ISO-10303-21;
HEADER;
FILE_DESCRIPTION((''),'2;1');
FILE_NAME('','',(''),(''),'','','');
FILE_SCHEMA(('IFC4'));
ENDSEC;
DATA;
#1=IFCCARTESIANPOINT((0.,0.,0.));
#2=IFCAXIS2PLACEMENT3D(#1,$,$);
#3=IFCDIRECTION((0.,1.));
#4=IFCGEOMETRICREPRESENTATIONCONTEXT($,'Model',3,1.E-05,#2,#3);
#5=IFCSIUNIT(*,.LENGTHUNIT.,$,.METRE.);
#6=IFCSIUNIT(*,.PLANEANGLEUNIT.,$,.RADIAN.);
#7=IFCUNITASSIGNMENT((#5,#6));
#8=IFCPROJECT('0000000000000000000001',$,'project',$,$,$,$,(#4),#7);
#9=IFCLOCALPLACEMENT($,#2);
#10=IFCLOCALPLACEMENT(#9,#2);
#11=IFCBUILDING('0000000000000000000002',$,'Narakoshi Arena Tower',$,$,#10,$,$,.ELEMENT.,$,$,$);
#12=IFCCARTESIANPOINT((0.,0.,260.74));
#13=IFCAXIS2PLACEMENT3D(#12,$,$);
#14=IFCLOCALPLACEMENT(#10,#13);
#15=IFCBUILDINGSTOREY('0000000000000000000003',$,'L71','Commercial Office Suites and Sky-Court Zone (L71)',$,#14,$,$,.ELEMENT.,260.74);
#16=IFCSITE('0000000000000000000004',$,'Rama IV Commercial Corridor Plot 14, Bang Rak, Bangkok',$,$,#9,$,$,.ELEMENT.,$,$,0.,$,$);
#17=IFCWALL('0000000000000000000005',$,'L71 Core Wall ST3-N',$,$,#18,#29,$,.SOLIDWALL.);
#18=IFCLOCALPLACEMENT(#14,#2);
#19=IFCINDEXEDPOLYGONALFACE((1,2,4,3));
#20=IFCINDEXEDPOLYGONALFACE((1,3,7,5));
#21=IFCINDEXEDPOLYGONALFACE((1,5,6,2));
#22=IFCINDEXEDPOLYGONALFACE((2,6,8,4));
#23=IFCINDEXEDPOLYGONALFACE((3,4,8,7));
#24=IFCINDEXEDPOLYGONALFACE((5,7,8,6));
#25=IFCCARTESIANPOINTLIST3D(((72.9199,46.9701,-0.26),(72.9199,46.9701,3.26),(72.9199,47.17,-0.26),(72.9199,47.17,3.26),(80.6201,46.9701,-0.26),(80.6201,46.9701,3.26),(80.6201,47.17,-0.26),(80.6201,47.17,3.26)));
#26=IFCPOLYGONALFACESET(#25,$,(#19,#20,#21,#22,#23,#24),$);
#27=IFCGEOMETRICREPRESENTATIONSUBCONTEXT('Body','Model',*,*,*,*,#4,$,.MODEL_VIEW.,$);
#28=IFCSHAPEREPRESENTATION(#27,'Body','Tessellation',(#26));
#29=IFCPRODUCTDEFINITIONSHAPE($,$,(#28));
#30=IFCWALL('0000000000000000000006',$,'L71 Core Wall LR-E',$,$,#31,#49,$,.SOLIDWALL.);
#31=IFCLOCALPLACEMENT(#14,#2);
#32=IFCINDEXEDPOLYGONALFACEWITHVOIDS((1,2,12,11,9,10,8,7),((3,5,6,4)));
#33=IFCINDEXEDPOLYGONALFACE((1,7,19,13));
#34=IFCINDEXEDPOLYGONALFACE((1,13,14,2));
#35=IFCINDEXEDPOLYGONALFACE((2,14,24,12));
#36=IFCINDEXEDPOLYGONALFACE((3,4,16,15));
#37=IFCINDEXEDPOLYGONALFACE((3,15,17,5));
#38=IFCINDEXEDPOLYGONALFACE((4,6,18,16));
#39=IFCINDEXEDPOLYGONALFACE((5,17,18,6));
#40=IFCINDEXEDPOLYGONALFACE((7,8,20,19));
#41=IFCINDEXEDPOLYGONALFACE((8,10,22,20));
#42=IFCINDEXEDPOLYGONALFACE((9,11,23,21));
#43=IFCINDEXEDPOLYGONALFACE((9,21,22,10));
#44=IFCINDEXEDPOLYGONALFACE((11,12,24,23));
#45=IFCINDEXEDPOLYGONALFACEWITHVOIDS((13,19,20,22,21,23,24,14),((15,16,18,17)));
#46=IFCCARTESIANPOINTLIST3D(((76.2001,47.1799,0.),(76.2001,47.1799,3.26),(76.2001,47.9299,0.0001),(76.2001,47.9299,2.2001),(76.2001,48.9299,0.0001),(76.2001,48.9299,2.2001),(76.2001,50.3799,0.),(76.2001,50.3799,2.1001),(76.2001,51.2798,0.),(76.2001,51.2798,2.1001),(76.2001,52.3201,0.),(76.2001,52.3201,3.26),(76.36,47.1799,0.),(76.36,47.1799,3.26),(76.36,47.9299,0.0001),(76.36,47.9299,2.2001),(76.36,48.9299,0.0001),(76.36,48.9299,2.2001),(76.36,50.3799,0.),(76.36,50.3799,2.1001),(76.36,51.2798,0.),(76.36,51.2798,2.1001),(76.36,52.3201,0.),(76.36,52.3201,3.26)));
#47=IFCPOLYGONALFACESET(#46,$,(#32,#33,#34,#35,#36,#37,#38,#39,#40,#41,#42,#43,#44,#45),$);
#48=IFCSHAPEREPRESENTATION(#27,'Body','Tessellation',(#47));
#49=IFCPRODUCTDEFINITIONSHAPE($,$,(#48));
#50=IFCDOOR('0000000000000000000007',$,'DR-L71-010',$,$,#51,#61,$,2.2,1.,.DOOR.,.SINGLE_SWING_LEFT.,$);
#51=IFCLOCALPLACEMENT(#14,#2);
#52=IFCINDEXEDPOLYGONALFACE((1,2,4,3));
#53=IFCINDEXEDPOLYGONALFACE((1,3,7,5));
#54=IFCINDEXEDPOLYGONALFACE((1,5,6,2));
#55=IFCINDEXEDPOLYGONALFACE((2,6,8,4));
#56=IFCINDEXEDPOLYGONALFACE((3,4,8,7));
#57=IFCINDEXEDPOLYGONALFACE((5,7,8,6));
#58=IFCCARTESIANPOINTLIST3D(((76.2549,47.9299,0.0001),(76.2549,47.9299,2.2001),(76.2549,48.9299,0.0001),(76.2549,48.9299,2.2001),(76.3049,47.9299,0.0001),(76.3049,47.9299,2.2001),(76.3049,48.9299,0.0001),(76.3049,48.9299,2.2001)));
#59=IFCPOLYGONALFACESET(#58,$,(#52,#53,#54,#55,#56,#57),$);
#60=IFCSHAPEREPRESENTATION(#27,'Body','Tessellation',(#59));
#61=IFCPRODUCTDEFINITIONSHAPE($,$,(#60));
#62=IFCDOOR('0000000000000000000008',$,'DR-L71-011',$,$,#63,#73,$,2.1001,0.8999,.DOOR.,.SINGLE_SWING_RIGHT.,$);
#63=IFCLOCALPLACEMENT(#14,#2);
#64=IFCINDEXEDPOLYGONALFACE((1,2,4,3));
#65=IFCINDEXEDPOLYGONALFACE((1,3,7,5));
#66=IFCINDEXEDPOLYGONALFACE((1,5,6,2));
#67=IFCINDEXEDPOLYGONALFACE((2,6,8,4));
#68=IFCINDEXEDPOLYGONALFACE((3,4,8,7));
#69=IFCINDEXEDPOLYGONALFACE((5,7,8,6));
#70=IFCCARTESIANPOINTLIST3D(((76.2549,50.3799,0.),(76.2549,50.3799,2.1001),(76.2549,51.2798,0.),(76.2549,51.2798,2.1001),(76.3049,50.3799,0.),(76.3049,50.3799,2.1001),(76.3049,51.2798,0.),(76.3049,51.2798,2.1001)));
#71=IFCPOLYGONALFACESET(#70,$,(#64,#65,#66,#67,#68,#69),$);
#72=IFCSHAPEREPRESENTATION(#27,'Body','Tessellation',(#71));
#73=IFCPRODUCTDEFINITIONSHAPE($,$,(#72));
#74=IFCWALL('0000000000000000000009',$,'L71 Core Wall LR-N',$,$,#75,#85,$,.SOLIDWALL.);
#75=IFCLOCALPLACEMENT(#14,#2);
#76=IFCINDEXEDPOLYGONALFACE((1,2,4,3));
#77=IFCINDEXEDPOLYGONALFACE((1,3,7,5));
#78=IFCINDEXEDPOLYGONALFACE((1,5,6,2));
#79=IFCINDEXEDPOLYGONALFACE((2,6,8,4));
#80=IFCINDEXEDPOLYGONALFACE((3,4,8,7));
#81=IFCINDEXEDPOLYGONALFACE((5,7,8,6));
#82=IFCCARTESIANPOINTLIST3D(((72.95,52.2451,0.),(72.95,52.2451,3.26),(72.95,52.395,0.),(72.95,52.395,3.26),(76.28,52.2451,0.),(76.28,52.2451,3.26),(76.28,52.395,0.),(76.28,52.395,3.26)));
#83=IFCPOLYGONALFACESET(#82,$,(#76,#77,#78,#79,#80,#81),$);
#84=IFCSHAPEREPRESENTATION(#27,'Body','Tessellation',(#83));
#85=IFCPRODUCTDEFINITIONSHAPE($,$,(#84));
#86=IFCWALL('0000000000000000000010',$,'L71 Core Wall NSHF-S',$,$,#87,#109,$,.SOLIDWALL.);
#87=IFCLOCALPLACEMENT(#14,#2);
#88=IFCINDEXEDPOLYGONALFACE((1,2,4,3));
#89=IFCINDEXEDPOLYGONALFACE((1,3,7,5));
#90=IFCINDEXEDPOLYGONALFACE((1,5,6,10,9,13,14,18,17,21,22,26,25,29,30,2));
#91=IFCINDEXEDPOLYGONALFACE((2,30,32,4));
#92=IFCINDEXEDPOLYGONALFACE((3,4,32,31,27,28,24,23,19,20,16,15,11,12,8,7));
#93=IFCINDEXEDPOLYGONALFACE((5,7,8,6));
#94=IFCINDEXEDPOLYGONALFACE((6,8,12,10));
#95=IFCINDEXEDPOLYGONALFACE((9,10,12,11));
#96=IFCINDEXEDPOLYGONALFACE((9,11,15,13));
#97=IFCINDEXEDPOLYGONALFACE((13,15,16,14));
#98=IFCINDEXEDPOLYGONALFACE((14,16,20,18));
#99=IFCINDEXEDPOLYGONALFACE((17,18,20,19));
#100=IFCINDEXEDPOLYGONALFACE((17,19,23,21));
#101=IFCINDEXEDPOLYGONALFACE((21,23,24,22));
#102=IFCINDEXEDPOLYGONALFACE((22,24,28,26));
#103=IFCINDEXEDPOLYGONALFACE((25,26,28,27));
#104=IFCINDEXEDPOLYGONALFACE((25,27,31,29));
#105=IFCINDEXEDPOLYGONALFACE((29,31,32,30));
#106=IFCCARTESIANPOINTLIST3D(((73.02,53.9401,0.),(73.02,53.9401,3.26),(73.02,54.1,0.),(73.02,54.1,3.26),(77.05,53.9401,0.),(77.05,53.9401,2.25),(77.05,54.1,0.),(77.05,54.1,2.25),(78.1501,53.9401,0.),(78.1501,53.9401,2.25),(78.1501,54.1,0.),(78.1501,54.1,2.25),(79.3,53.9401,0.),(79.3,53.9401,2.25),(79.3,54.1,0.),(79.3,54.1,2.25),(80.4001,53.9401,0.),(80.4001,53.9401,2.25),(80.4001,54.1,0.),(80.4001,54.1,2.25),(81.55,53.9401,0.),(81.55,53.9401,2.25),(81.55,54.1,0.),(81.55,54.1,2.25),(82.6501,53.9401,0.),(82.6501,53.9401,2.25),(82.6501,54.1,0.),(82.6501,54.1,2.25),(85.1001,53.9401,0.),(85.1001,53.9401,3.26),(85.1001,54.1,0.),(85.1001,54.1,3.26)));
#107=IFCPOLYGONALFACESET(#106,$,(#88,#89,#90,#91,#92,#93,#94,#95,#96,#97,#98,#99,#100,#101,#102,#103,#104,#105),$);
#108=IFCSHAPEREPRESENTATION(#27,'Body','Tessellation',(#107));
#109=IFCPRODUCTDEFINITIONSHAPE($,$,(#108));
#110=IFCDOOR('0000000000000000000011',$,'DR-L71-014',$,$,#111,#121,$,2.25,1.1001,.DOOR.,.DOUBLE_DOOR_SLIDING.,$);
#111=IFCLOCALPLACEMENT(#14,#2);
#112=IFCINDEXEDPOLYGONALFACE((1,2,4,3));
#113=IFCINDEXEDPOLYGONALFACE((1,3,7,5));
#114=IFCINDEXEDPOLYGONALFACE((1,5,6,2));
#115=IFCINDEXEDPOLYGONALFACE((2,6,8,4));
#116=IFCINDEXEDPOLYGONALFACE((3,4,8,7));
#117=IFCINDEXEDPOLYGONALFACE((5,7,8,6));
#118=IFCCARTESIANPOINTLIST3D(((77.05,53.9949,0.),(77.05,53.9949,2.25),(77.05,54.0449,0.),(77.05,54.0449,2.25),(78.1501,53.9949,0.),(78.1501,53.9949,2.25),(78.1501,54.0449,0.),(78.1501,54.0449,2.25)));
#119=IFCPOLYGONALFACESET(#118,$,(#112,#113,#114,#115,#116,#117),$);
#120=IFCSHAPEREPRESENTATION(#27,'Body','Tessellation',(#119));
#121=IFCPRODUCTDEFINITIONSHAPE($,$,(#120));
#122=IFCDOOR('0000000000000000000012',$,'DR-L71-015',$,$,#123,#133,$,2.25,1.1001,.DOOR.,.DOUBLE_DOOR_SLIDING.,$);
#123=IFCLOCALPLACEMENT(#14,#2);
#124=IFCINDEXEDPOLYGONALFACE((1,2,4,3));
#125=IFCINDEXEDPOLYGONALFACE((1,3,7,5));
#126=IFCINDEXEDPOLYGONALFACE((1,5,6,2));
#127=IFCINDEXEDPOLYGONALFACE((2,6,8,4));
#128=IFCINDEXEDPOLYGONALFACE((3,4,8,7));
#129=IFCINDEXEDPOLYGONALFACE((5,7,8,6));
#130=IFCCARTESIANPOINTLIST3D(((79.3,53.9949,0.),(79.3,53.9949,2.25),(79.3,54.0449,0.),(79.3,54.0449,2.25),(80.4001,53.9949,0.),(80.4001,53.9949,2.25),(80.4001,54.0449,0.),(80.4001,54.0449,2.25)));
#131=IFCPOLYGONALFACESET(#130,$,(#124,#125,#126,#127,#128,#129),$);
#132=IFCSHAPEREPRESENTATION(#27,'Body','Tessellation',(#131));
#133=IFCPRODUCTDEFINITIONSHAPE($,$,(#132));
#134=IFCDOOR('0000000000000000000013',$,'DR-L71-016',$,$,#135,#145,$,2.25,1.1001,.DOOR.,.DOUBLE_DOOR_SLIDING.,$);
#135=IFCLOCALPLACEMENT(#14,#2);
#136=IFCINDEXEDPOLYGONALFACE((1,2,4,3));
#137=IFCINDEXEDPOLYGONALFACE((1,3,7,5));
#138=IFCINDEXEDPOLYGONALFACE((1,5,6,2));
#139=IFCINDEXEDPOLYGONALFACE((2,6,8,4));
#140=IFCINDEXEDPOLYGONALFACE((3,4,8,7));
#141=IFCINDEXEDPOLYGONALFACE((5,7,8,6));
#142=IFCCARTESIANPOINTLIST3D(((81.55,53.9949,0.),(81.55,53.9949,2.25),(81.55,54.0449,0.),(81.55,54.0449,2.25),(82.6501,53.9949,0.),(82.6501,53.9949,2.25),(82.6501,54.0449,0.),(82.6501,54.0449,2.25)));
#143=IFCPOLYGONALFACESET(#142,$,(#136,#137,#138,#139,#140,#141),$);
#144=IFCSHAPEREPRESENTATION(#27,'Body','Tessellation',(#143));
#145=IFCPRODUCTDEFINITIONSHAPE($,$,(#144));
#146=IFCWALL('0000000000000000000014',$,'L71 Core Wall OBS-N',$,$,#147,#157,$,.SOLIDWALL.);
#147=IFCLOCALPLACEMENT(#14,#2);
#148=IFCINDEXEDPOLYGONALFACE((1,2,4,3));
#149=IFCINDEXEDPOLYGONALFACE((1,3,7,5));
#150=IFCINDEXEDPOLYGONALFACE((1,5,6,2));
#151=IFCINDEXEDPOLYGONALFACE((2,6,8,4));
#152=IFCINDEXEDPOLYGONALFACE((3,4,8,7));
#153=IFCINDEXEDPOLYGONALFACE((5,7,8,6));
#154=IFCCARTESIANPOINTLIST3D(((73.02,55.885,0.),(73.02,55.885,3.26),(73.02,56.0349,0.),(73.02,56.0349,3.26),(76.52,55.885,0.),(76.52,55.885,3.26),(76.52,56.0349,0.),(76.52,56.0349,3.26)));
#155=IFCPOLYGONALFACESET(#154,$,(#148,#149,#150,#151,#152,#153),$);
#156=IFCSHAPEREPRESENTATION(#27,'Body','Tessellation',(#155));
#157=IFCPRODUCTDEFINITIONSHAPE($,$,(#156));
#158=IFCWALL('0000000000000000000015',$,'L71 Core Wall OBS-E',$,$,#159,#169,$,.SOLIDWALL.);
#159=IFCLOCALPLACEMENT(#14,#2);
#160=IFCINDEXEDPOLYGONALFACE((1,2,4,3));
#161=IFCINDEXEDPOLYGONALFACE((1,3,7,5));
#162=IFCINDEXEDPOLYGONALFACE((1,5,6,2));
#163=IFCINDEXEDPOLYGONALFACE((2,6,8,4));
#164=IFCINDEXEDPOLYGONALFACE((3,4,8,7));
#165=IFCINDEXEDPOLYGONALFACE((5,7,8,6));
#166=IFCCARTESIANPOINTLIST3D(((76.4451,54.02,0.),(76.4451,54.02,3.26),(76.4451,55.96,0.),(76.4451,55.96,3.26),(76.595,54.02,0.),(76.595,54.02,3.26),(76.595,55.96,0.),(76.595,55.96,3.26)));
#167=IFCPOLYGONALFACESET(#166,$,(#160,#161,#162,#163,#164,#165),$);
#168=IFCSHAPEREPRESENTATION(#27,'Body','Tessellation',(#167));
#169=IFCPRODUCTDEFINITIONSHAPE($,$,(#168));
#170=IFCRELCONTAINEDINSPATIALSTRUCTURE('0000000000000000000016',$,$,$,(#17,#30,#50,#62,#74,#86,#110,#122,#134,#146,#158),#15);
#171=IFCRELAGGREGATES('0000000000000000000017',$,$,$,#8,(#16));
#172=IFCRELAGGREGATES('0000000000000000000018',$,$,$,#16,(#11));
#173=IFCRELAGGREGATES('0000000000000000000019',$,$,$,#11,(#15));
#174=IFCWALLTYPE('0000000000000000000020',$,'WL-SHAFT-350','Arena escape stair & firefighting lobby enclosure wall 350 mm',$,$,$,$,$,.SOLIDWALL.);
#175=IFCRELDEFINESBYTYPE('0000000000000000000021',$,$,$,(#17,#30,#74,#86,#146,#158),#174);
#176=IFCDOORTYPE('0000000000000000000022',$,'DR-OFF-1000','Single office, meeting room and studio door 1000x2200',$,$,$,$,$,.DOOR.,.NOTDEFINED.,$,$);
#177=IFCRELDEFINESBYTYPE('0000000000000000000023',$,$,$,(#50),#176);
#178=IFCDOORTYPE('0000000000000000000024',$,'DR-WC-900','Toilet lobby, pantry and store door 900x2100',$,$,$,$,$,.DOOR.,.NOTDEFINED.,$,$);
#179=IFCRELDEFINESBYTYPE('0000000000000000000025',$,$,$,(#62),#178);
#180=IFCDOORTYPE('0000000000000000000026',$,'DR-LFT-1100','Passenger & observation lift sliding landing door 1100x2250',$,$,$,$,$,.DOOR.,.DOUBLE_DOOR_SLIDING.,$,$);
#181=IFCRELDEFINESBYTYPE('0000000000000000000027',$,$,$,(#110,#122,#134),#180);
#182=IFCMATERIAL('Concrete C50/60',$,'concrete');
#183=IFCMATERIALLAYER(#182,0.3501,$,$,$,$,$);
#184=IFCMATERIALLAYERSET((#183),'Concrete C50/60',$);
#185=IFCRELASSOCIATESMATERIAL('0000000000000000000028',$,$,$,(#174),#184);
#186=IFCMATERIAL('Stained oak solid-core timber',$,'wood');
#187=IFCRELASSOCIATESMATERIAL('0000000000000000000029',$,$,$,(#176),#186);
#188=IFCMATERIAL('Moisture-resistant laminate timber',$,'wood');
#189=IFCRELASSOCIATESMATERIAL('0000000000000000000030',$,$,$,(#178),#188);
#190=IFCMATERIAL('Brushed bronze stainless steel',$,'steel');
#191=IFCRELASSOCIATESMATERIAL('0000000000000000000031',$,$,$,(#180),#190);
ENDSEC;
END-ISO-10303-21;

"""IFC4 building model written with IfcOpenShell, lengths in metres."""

from ifc_helpers import new_model, si_unit, direction, frame, frame_2d, origin, place, context, subcontext, project, spatial, rectangle, extrude, material, layer, layer_set, type_object, element, fill, save


model = new_model("IFC4")

# Units and contexts
model_context = context("Model", 3, precision=1e-05, world=origin(), true_north=direction((0.0, 1.0)))
body_context = subcontext(model_context, "Body", "Model", "MODEL_VIEW")
ifc_project = project(units=[si_unit("LENGTHUNIT", "METRE"), si_unit("PLANEANGLEUNIT", "RADIAN")], contexts=[model_context])

# Site, building, storey
site_placement = place(None, origin())
site = spatial("IfcSite", under=ifc_project, at=site_placement, Name="Rama IV Commercial Corridor Plot 14, Bang Rak, Bangkok", CompositionType="ELEMENT", RefElevation=0.0)
building_placement = place(site_placement, origin())
building = spatial("IfcBuilding", under=site, at=building_placement, Name="Narakoshi Arena Tower", CompositionType="ELEMENT")
storey_placement = place(building_placement, frame((0.0, 0.0, 260.74)))
storey = spatial("IfcBuildingStorey", under=building, at=storey_placement, Name="L71", Description="Commercial Office Suites and Sky-Court Zone (L71)", CompositionType="ELEMENT", Elevation=260.74)

# Shared definitions
ifc_material_1 = material(Name="Concrete C50/60", Category="concrete")

# Wall
ifc_layer_1 = layer(ifc_material_1, 0.3501)
ifc_layer_set_1 = layer_set([ifc_layer_1], Name="Concrete C50/60")
wall_type_1 = type_object("IfcWallType", Name="WL-SHAFT-350", Description="Arena escape stair & firefighting lobby enclosure wall 350 mm", PredefinedType="SOLIDWALL", material=ifc_layer_set_1)
wall_1_placement = place(storey_placement, frame((72.9199, 47.0701, -0.26), z_axis=(0.0, 0.0, 1.0), x_axis=(1.0, 0.0, 0.0)))
element("IfcWall", 1, at=wall_1_placement, inside=storey, type_object=wall_type_1, Name="L71 Core Wall ST3-N", PredefinedType="SOLIDWALL", context=body_context, shape_type="SweptSolid", body=[
    extrude(rectangle(XDim=7.7002, YDim=0.2, at=frame_2d((3.8501, 0.0))), origin(), (0.0, 0.0, 1.0), 3.52),
])

# Wall, openings, doors
wall_2_placement = place(storey_placement, frame((76.28, 47.1799, 0.0), z_axis=(0.0, 0.0, 1.0), x_axis=(0.0, 1.0, 0.0)))
wall_2 = element("IfcWall", 2, at=wall_2_placement, inside=storey, type_object=wall_type_1, Name="L71 Core Wall LR-E", PredefinedType="SOLIDWALL", context=body_context, shape_type="SweptSolid", body=[
    extrude(rectangle(XDim=5.1401, YDim=0.1599, at=frame_2d((2.5701, 0.0))), origin(), (0.0, 0.0, 1.0), 3.26),
])
opening_1_placement = place(wall_2_placement, frame((0.75, 0.0, 0.0)))
opening_1 = element("IfcOpeningElement", 3, at=opening_1_placement, cuts=wall_2, PredefinedType="OPENING", context=body_context, shape_type="SweptSolid", body=[
    extrude(rectangle(XDim=1.0, YDim=2.2, at=frame_2d((0.5, 1.1001))), frame((0.0, 0.0898, 0.0), z_axis=(0.0, -1.0, 0.0), x_axis=(1.0, 0.0, 0.0)), (0.0, 0.0, 1.0), 0.1799),
])
opening_2_placement = place(wall_2_placement, frame((3.2, 0.0, 0.0)))
opening_2 = element("IfcOpeningElement", 4, at=opening_2_placement, cuts=wall_2, PredefinedType="OPENING", context=body_context, shape_type="SweptSolid", body=[
    extrude(rectangle(XDim=0.8999, YDim=2.1001, at=frame_2d((0.45, 1.05))), frame((0.0, 0.0898, 0.0), z_axis=(0.0, -1.0, 0.0), x_axis=(1.0, 0.0, 0.0)), (0.0, 0.0, 1.0), 0.1799),
])
ifc_material_2 = material(Name="Stained oak solid-core timber", Category="wood")
door_type_1 = type_object("IfcDoorType", Name="DR-OFF-1000", Description="Single office, meeting room and studio door 1000x2200", OperationType="NOTDEFINED", PredefinedType="DOOR", material=ifc_material_2)
door_1_placement = place(opening_1_placement, frame((1.0, 0.0, 0.0), z_axis=(0.0, 0.0, 1.0), x_axis=(-1.0, 0.0, 0.0)))
door_1 = element("IfcDoor", 5, at=door_1_placement, inside=storey, type_object=door_type_1, Name="DR-L71-010", OperationType="SINGLE_SWING_LEFT", OverallHeight=2.2, OverallWidth=1.0, PredefinedType="DOOR", context=body_context, shape_type="SweptSolid", body=[
    extrude(rectangle(XDim=1.0, YDim=2.2, at=frame_2d((0.5, 1.1001))), frame((0.0, 0.0249, 0.0), z_axis=(0.0, -1.0, 0.0), x_axis=(1.0, 0.0, 0.0)), (0.0, 0.0, 1.0), 0.05),
])
fill(opening_1, door_1)
ifc_material_3 = material(Name="Moisture-resistant laminate timber", Category="wood")
door_type_2 = type_object("IfcDoorType", Name="DR-WC-900", Description="Toilet lobby, pantry and store door 900x2100", OperationType="NOTDEFINED", PredefinedType="DOOR", material=ifc_material_3)
door_2_placement = place(opening_2_placement, frame((0.8999, 0.0, 0.0), z_axis=(0.0, 0.0, 1.0), x_axis=(-1.0, 0.0, 0.0)))
door_2 = element("IfcDoor", 6, at=door_2_placement, inside=storey, type_object=door_type_2, Name="DR-L71-011", OperationType="SINGLE_SWING_RIGHT", OverallHeight=2.1001, OverallWidth=0.8999, PredefinedType="DOOR", context=body_context, shape_type="SweptSolid", body=[
    extrude(rectangle(XDim=0.8999, YDim=2.1001, at=frame_2d((0.45, 1.05))), frame((0.0, 0.0249, 0.0), z_axis=(0.0, -1.0, 0.0), x_axis=(1.0, 0.0, 0.0)), (0.0, 0.0, 1.0), 0.05),
])
fill(opening_2, door_2)

# Wall
wall_3_placement = place(storey_placement, frame((72.95, 52.3201, 0.0), z_axis=(0.0, 0.0, 1.0), x_axis=(1.0, 0.0, 0.0)))
element("IfcWall", 7, at=wall_3_placement, inside=storey, type_object=wall_type_1, Name="L71 Core Wall LR-N", PredefinedType="SOLIDWALL", context=body_context, shape_type="SweptSolid", body=[
    extrude(rectangle(XDim=3.3301, YDim=0.1499, at=frame_2d((1.665, 0.0))), origin(), (0.0, 0.0, 1.0), 3.26),
])

# Wall, openings, doors
wall_4_placement = place(storey_placement, frame((73.02, 54.02, 0.0), z_axis=(0.0, 0.0, 1.0), x_axis=(1.0, 0.0, 0.0)))
wall_4 = element("IfcWall", 8, at=wall_4_placement, inside=storey, type_object=wall_type_1, Name="L71 Core Wall NSHF-S", PredefinedType="SOLIDWALL", context=body_context, shape_type="SweptSolid", body=[
    extrude(rectangle(XDim=12.0801, YDim=0.1599, at=frame_2d((6.04, 0.0))), origin(), (0.0, 0.0, 1.0), 3.26),
])
opening_3_placement = place(wall_4_placement, frame((4.03, 0.0, 0.0)))
opening_3 = element("IfcOpeningElement", 9, at=opening_3_placement, cuts=wall_4, PredefinedType="OPENING", context=body_context, shape_type="SweptSolid", body=[
    extrude(rectangle(XDim=1.1001, YDim=2.25, at=frame_2d((0.55, 1.125))), frame((0.0, 0.0898, 0.0), z_axis=(0.0, -1.0, 0.0), x_axis=(1.0, 0.0, 0.0)), (0.0, 0.0, 1.0), 0.1799),
])
opening_4_placement = place(wall_4_placement, frame((6.28, 0.0, 0.0)))
opening_4 = element("IfcOpeningElement", 10, at=opening_4_placement, cuts=wall_4, PredefinedType="OPENING", context=body_context, shape_type="SweptSolid", body=[
    extrude(rectangle(XDim=1.1001, YDim=2.25, at=frame_2d((0.55, 1.125))), frame((0.0, 0.0898, 0.0), z_axis=(0.0, -1.0, 0.0), x_axis=(1.0, 0.0, 0.0)), (0.0, 0.0, 1.0), 0.1799),
])
opening_5_placement = place(wall_4_placement, frame((8.53, 0.0, 0.0)))
opening_5 = element("IfcOpeningElement", 11, at=opening_5_placement, cuts=wall_4, PredefinedType="OPENING", context=body_context, shape_type="SweptSolid", body=[
    extrude(rectangle(XDim=1.1001, YDim=2.25, at=frame_2d((0.55, 1.125))), frame((0.0, 0.0898, 0.0), z_axis=(0.0, -1.0, 0.0), x_axis=(1.0, 0.0, 0.0)), (0.0, 0.0, 1.0), 0.1799),
])
ifc_material_4 = material(Name="Brushed bronze stainless steel", Category="steel")
door_type_3 = type_object("IfcDoorType", Name="DR-LFT-1100", Description="Passenger & observation lift sliding landing door 1100x2250", OperationType="DOUBLE_DOOR_SLIDING", PredefinedType="DOOR", material=ifc_material_4)
door_3_placement = place(opening_3_placement, origin())
door_3 = element("IfcDoor", 12, at=door_3_placement, inside=storey, type_object=door_type_3, Name="DR-L71-014", OperationType="DOUBLE_DOOR_SLIDING", OverallHeight=2.25, OverallWidth=1.1001, PredefinedType="DOOR", context=body_context, shape_type="SweptSolid", body=[
    extrude(rectangle(XDim=1.1001, YDim=2.25, at=frame_2d((0.55, 1.125))), frame((0.0, 0.0249, 0.0), z_axis=(0.0, -1.0, 0.0), x_axis=(1.0, 0.0, 0.0)), (0.0, 0.0, 1.0), 0.05),
])
fill(opening_3, door_3)
door_4_placement = place(opening_4_placement, origin())
door_4 = element("IfcDoor", 13, at=door_4_placement, inside=storey, type_object=door_type_3, Name="DR-L71-015", OperationType="DOUBLE_DOOR_SLIDING", OverallHeight=2.25, OverallWidth=1.1001, PredefinedType="DOOR", context=body_context, shape_type="SweptSolid", body=[
    extrude(rectangle(XDim=1.1001, YDim=2.25, at=frame_2d((0.55, 1.125))), frame((0.0, 0.0249, 0.0), z_axis=(0.0, -1.0, 0.0), x_axis=(1.0, 0.0, 0.0)), (0.0, 0.0, 1.0), 0.05),
])
fill(opening_4, door_4)
door_5_placement = place(opening_5_placement, origin())
door_5 = element("IfcDoor", 14, at=door_5_placement, inside=storey, type_object=door_type_3, Name="DR-L71-016", OperationType="DOUBLE_DOOR_SLIDING", OverallHeight=2.25, OverallWidth=1.1001, PredefinedType="DOOR", context=body_context, shape_type="SweptSolid", body=[
    extrude(rectangle(XDim=1.1001, YDim=2.25, at=frame_2d((0.55, 1.125))), frame((0.0, 0.0249, 0.0), z_axis=(0.0, -1.0, 0.0), x_axis=(1.0, 0.0, 0.0)), (0.0, 0.0, 1.0), 0.05),
])
fill(opening_5, door_5)

# Walls
wall_5_placement = place(storey_placement, frame((73.02, 55.96, 0.0), z_axis=(0.0, 0.0, 1.0), x_axis=(1.0, 0.0, 0.0)))
element("IfcWall", 15, at=wall_5_placement, inside=storey, type_object=wall_type_1, Name="L71 Core Wall OBS-N", PredefinedType="SOLIDWALL", context=body_context, shape_type="SweptSolid", body=[
    extrude(rectangle(XDim=3.5, YDim=0.1499, at=frame_2d((1.75, 0.0))), origin(), (0.0, 0.0, 1.0), 3.26),
])
wall_6_placement = place(storey_placement, frame((76.52, 54.02, 0.0), z_axis=(0.0, 0.0, 1.0), x_axis=(0.0, 1.0, 0.0)))
element("IfcWall", 16, at=wall_6_placement, inside=storey, type_object=wall_type_1, Name="L71 Core Wall OBS-E", PredefinedType="SOLIDWALL", context=body_context, shape_type="SweptSolid", body=[
    extrude(rectangle(XDim=1.9399, YDim=0.1499, at=frame_2d((0.97, 0.0))), origin(), (0.0, 0.0, 1.0), 3.26),
])

save(model, "model.ifc")
